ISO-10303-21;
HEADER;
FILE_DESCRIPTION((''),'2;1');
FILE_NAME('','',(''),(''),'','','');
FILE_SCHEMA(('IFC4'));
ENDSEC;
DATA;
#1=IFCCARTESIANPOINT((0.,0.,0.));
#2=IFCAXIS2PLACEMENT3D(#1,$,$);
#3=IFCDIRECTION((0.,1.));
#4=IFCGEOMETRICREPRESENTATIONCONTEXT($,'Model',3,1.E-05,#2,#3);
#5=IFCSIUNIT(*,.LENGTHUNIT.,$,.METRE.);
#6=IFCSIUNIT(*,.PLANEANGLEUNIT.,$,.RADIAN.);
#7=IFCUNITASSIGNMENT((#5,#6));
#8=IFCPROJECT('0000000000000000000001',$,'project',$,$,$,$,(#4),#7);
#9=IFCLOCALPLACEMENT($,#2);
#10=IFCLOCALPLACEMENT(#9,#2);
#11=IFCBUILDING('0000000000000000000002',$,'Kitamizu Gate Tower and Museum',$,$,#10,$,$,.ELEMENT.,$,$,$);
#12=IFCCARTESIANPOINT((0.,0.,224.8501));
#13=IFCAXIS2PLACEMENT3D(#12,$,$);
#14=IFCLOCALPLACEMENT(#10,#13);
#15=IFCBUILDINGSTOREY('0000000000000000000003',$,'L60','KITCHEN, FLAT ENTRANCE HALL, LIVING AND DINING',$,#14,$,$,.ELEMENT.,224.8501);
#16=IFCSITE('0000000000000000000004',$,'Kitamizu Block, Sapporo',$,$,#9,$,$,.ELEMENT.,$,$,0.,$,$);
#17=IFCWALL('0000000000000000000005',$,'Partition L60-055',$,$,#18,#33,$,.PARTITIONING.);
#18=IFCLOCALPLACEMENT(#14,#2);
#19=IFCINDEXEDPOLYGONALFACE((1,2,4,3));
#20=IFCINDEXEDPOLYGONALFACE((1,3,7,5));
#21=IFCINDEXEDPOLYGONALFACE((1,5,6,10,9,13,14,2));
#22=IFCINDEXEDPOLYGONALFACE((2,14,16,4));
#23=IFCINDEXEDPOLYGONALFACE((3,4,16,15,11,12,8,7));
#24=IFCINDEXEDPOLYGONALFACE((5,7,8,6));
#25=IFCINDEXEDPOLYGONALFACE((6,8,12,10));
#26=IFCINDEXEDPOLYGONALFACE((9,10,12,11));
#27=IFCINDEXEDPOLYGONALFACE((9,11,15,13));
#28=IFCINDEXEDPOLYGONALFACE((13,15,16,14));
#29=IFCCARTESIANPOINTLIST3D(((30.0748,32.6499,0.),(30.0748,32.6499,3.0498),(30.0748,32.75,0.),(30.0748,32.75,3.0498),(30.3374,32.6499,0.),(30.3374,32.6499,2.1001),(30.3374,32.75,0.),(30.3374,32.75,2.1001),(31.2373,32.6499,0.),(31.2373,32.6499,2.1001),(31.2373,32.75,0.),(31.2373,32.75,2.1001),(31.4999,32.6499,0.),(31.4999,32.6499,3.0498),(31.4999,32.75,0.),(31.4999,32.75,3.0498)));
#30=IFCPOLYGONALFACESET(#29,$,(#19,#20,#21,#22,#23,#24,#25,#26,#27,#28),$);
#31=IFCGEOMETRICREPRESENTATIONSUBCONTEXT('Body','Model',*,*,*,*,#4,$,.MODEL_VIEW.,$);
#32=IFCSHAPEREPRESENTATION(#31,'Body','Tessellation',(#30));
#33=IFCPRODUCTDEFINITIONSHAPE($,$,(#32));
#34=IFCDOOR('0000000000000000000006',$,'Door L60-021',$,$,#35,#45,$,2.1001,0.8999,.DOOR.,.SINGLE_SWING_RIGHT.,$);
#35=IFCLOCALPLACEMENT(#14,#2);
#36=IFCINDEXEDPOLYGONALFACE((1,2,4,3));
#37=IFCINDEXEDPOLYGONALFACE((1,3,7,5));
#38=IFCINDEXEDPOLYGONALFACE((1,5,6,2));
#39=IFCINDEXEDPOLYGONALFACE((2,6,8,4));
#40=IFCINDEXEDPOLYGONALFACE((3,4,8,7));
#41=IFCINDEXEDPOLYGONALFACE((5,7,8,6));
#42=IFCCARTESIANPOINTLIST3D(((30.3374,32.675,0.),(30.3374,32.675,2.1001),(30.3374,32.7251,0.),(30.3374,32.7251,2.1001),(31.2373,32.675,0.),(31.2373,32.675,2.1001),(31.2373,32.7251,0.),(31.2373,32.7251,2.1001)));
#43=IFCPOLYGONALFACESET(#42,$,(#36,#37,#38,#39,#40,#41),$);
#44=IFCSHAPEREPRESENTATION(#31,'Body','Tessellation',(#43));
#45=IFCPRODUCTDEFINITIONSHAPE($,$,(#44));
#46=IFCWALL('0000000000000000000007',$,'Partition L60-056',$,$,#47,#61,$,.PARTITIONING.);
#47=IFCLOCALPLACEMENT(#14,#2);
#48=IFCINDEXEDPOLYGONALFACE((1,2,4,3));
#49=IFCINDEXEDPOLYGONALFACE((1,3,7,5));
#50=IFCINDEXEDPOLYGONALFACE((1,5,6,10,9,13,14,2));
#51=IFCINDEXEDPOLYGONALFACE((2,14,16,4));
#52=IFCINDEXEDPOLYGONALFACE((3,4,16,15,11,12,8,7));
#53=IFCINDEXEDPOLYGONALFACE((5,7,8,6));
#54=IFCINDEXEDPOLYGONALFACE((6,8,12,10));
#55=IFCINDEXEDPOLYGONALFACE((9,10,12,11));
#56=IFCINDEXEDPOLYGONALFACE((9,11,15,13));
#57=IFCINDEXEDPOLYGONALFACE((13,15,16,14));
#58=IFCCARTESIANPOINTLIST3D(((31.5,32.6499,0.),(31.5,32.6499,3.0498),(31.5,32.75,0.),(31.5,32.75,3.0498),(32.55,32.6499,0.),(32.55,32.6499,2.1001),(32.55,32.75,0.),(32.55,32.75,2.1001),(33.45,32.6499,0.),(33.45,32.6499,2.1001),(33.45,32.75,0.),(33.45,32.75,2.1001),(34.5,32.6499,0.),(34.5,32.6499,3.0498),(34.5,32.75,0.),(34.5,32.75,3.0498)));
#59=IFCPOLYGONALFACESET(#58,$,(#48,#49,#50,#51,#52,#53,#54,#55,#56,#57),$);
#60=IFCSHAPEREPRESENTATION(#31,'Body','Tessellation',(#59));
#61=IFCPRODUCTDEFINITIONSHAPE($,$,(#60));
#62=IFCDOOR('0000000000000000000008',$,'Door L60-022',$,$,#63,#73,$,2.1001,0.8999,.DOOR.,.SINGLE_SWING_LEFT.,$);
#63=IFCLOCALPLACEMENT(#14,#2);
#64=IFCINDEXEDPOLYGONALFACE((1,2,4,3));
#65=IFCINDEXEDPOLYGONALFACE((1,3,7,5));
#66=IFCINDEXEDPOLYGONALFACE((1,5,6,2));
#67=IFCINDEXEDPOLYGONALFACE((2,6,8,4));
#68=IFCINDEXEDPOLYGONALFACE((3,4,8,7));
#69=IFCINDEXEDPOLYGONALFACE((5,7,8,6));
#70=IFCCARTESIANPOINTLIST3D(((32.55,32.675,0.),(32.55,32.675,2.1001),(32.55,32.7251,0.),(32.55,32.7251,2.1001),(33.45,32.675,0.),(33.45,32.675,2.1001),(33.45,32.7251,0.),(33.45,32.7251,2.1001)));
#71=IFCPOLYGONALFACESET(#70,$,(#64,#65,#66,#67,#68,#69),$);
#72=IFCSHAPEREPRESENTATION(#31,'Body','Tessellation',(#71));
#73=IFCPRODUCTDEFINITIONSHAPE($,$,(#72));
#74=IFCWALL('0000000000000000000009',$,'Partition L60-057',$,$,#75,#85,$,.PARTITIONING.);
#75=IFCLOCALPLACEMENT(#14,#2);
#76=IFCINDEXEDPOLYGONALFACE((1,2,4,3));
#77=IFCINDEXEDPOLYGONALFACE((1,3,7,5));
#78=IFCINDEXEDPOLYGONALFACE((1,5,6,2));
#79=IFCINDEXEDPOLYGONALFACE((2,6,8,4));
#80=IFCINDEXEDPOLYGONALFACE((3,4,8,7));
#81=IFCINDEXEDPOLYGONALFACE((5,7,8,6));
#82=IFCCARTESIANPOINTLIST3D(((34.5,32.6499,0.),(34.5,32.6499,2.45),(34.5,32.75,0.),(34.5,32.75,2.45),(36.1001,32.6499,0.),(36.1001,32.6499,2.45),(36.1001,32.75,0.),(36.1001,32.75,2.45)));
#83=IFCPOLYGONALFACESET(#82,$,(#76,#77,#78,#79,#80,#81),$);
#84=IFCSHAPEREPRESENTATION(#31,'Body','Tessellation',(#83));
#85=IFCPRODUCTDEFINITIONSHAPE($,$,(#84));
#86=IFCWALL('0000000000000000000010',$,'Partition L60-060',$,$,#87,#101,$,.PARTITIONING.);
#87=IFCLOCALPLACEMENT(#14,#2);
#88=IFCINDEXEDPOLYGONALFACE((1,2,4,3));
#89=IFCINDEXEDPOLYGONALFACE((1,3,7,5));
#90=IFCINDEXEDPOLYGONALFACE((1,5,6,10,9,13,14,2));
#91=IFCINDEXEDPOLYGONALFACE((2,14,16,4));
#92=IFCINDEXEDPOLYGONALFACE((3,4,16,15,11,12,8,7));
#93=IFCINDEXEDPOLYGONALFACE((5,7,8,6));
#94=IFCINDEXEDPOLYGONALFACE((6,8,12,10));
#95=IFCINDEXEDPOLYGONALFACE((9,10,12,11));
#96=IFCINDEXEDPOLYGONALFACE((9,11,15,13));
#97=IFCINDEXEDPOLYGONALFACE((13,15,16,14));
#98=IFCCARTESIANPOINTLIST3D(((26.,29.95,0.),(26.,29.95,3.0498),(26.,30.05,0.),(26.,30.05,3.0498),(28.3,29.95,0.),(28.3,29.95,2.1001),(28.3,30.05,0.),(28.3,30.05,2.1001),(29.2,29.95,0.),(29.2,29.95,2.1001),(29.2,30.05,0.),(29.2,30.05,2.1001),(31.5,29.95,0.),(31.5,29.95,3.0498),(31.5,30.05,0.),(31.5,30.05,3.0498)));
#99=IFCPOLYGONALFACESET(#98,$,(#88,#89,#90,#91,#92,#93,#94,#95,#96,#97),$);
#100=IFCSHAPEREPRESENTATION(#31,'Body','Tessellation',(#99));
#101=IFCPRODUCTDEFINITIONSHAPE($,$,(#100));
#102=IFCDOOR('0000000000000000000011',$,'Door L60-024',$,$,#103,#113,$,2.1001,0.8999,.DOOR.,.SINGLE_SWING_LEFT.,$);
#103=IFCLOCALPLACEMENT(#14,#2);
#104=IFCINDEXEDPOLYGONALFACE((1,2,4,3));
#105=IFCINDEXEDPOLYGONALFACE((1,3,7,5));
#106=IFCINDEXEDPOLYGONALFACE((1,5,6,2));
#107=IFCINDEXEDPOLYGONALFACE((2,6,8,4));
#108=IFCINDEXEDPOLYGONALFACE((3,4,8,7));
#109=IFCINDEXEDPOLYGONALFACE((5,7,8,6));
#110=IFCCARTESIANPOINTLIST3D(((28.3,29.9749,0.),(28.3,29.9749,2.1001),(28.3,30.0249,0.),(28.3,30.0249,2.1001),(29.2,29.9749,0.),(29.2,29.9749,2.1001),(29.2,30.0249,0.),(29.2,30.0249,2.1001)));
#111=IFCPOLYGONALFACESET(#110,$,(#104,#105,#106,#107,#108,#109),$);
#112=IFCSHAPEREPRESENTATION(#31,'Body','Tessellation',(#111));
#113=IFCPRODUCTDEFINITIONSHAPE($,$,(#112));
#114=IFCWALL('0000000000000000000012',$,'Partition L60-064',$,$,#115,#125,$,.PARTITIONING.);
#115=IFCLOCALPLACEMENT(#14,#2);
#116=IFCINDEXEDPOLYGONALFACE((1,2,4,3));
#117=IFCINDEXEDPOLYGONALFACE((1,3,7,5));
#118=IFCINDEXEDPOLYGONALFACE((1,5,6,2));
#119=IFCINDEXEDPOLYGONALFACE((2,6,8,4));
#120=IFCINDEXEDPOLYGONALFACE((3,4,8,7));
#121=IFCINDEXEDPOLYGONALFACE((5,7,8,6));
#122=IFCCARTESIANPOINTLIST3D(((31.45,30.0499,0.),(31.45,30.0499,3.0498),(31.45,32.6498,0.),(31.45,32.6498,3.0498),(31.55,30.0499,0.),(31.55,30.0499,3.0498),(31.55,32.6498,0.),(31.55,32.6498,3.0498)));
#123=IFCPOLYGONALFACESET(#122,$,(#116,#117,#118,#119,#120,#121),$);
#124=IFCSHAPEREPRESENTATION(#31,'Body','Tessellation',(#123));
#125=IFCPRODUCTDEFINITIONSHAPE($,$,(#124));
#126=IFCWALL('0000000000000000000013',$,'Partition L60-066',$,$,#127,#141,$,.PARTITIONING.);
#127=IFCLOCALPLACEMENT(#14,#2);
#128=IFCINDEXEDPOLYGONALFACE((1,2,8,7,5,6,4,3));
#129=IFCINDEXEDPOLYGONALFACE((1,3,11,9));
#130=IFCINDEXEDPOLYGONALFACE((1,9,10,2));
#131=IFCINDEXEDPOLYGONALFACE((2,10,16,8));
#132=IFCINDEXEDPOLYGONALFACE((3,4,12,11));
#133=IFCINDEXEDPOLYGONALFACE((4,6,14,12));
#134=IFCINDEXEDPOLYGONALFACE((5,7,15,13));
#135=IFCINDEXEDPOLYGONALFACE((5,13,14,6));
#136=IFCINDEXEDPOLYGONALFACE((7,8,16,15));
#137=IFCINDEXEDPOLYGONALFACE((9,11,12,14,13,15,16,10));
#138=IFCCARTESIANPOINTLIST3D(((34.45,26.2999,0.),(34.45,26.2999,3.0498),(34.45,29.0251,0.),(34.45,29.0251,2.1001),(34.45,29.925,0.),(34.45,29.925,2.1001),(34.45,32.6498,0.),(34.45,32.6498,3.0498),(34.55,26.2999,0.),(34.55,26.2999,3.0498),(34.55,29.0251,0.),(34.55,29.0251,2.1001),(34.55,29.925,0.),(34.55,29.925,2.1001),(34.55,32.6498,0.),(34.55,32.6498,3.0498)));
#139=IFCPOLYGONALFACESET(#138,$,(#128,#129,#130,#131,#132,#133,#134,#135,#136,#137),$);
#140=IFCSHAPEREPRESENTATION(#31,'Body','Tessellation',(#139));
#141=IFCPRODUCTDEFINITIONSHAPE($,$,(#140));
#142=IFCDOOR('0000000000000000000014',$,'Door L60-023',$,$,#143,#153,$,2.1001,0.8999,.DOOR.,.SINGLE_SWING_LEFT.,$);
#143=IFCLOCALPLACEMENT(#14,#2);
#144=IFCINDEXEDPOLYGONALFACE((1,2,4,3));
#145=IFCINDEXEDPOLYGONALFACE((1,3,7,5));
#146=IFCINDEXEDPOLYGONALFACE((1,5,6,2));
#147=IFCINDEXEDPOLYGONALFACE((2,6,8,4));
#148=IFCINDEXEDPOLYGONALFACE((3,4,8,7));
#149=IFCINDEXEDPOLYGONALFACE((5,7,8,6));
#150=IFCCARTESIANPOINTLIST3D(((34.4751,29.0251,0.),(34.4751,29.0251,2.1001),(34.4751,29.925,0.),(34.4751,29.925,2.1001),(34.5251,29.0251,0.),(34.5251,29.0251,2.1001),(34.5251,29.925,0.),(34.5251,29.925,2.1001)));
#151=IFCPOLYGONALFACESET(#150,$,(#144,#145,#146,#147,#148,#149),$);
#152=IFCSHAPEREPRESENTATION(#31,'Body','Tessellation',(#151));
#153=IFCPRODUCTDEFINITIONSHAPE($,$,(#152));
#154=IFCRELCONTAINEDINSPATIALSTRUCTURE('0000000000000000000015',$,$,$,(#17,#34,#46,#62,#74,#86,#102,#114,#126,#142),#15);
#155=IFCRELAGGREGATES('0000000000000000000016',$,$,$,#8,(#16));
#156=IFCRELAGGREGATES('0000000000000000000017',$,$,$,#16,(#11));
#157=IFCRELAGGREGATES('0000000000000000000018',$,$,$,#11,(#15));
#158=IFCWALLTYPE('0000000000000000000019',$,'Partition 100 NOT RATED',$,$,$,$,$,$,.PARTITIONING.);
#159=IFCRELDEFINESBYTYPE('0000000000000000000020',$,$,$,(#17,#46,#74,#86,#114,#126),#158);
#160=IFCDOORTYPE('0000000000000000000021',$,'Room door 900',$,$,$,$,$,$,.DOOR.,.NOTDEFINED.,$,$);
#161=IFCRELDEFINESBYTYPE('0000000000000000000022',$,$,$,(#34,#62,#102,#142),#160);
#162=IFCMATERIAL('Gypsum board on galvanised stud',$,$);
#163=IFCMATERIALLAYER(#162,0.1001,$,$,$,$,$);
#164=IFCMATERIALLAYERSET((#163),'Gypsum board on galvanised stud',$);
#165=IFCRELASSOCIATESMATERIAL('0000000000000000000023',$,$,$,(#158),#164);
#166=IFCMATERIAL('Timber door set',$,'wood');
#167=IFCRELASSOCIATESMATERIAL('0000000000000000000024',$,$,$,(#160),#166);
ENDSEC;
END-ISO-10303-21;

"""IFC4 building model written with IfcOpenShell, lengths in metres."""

from ifc_helpers import new_model, si_unit, direction, frame, frame_2d, origin, place, context, subcontext, project, spatial, rectangle, extrude, material, layer, layer_set, type_object, element, fill, save


model = new_model("IFC4")

# Units and contexts
model_context = context("Model", 3, precision=1e-05, world=origin(), true_north=direction((0.0, 1.0)))
body_context = subcontext(model_context, "Body", "Model", "MODEL_VIEW")
ifc_project = project(units=[si_unit("LENGTHUNIT", "METRE"), si_unit("PLANEANGLEUNIT", "RADIAN")], contexts=[model_context])

# Site, building, storey
site_placement = place(None, origin())
site = spatial("IfcSite", under=ifc_project, at=site_placement, Name="Kitamizu Block, Sapporo", CompositionType="ELEMENT", RefElevation=0.0)
building_placement = place(site_placement, origin())
building = spatial("IfcBuilding", under=site, at=building_placement, Name="Kitamizu Gate Tower and Museum", CompositionType="ELEMENT")
storey_placement = place(building_placement, frame((0.0, 0.0, 224.8501)))
storey = spatial("IfcBuildingStorey", under=building, at=storey_placement, Name="L60", Description="KITCHEN, FLAT ENTRANCE HALL, LIVING AND DINING", CompositionType="ELEMENT", Elevation=224.8501)

# Walls, openings, doors
ifc_material_1 = material(Name="Gypsum board on galvanised stud")
ifc_layer_1 = layer(ifc_material_1, 0.1001)
ifc_layer_set_1 = layer_set([ifc_layer_1], Name="Gypsum board on galvanised stud")
wall_type_1 = type_object("IfcWallType", Name="Partition 100 NOT RATED", PredefinedType="PARTITIONING", material=ifc_layer_set_1)
wall_1_placement = place(storey_placement, frame((30.075, 32.7, 0.0), z_axis=(0.0, 0.0, 1.0), x_axis=(1.0, 0.0, 0.0)))
wall_1 = element("IfcWall", 1, at=wall_1_placement, inside=storey, type_object=wall_type_1, Name="Partition L60-055", PredefinedType="PARTITIONING", context=body_context, shape_type="SweptSolid", body=[
    extrude(rectangle(XDim=1.425, YDim=0.1001, at=frame_2d((0.7124, 0.0))), origin(), (0.0, 0.0, 1.0), 3.0498),
])
opening_1_placement = place(wall_1_placement, frame((0.2625, 0.0, 0.0)))
opening_1 = element("IfcOpeningElement", 2, at=opening_1_placement, cuts=wall_1, PredefinedType="OPENING", context=body_context, shape_type="SweptSolid", body=[
    extrude(rectangle(XDim=0.8999, YDim=2.1001, at=frame_2d((0.45, 1.05))), frame((0.0, 0.0601, 0.0), z_axis=(0.0, -1.0, 0.0), x_axis=(1.0, 0.0, 0.0)), (0.0, 0.0, 1.0), 0.1201),
])
ifc_material_2 = material(Name="Timber door set", Category="wood")
door_type_1 = type_object("IfcDoorType", Name="Room door 900", OperationType="NOTDEFINED", PredefinedType="DOOR", material=ifc_material_2)
door_1_placement = place(opening_1_placement, frame((0.8999, 0.0, 0.0), x_axis=(-1.0, 0.0, 0.0)))
door_1 = element("IfcDoor", 3, at=door_1_placement, inside=storey, type_object=door_type_1, Name="Door L60-021", OperationType="SINGLE_SWING_RIGHT", OverallHeight=2.1001, OverallWidth=0.8999, PredefinedType="DOOR", context=body_context, shape_type="SweptSolid", body=[
    extrude(rectangle(XDim=0.8999, YDim=2.1001, at=frame_2d((0.45, 1.05))), frame((0.0, 0.0249, 0.0), z_axis=(0.0, -1.0, 0.0), x_axis=(1.0, 0.0, 0.0)), (0.0, 0.0, 1.0), 0.05),
])
fill(opening_1, door_1)
wall_2_placement = place(storey_placement, frame((31.5, 32.7, 0.0), z_axis=(0.0, 0.0, 1.0), x_axis=(1.0, 0.0, 0.0)))
wall_2 = element("IfcWall", 4, at=wall_2_placement, inside=storey, type_object=wall_type_1, Name="Partition L60-056", PredefinedType="PARTITIONING", context=body_context, shape_type="SweptSolid", body=[
    extrude(rectangle(XDim=3.0, YDim=0.1001, at=frame_2d((1.5, 0.0))), origin(), (0.0, 0.0, 1.0), 3.0498),
])
opening_2_placement = place(wall_2_placement, frame((1.05, 0.0, 0.0)))
opening_2 = element("IfcOpeningElement", 5, at=opening_2_placement, cuts=wall_2, PredefinedType="OPENING", context=body_context, shape_type="SweptSolid", body=[
    extrude(rectangle(XDim=0.8999, YDim=2.1001, at=frame_2d((0.45, 1.05))), frame((0.0, 0.0601, 0.0), z_axis=(0.0, -1.0, 0.0), x_axis=(1.0, 0.0, 0.0)), (0.0, 0.0, 1.0), 0.1201),
])
door_2_placement = place(opening_2_placement, frame((0.8999, 0.0, 0.0), x_axis=(-1.0, 0.0, 0.0)))
door_2 = element("IfcDoor", 6, at=door_2_placement, inside=storey, type_object=door_type_1, Name="Door L60-022", OperationType="SINGLE_SWING_LEFT", OverallHeight=2.1001, OverallWidth=0.8999, PredefinedType="DOOR", context=body_context, shape_type="SweptSolid", body=[
    extrude(rectangle(XDim=0.8999, YDim=2.1001, at=frame_2d((0.45, 1.05))), frame((0.0, 0.0249, 0.0), z_axis=(0.0, -1.0, 0.0), x_axis=(1.0, 0.0, 0.0)), (0.0, 0.0, 1.0), 0.05),
])
fill(opening_2, door_2)

# Wall
wall_3_placement = place(storey_placement, frame((34.5, 32.7, 0.0), z_axis=(0.0, 0.0, 1.0), x_axis=(1.0, 0.0, 0.0)))
element("IfcWall", 7, at=wall_3_placement, inside=storey, type_object=wall_type_1, Name="Partition L60-057", PredefinedType="PARTITIONING", context=body_context, shape_type="SweptSolid", body=[
    extrude(rectangle(XDim=1.6001, YDim=0.1001, at=frame_2d((0.8, 0.0))), origin(), (0.0, 0.0, 1.0), 2.45),
])

# Wall, opening, door
wall_4_placement = place(storey_placement, frame((31.5, 30.0, 0.0), z_axis=(0.0, 0.0, 1.0), x_axis=(-1.0, 0.0, 0.0)))
wall_4 = element("IfcWall", 8, at=wall_4_placement, inside=storey, type_object=wall_type_1, Name="Partition L60-060", PredefinedType="PARTITIONING", context=body_context, shape_type="SweptSolid", body=[
    extrude(rectangle(XDim=5.5, YDim=0.1001, at=frame_2d((2.75, 0.0))), origin(), (0.0, 0.0, 1.0), 3.0498),
])
opening_3_placement = place(wall_4_placement, frame((2.3, 0.0, 0.0)))
opening_3 = element("IfcOpeningElement", 9, at=opening_3_placement, cuts=wall_4, PredefinedType="OPENING", context=body_context, shape_type="SweptSolid", body=[
    extrude(rectangle(XDim=0.8999, YDim=2.1001, at=frame_2d((0.45, 1.05))), frame((0.0, 0.0601, 0.0), z_axis=(0.0, -1.0, 0.0), x_axis=(1.0, 0.0, 0.0)), (0.0, 0.0, 1.0), 0.1201),
])
door_3_placement = place(opening_3_placement, frame((0.8999, 0.0, 0.0), x_axis=(-1.0, 0.0, 0.0)))
door_3 = element("IfcDoor", 10, at=door_3_placement, inside=storey, type_object=door_type_1, Name="Door L60-024", OperationType="SINGLE_SWING_LEFT", OverallHeight=2.1001, OverallWidth=0.8999, PredefinedType="DOOR", context=body_context, shape_type="SweptSolid", body=[
    extrude(rectangle(XDim=0.8999, YDim=2.1001, at=frame_2d((0.45, 1.05))), frame((0.0, 0.0249, 0.0), z_axis=(0.0, -1.0, 0.0), x_axis=(1.0, 0.0, 0.0)), (0.0, 0.0, 1.0), 0.05),
])
fill(opening_3, door_3)

# Wall
wall_5_placement = place(storey_placement, frame((31.5, 30.05, 0.0), z_axis=(0.0, 0.0, 1.0), x_axis=(0.0, 1.0, 0.0)))
element("IfcWall", 11, at=wall_5_placement, inside=storey, type_object=wall_type_1, Name="Partition L60-064", PredefinedType="PARTITIONING", context=body_context, shape_type="SweptSolid", body=[
    extrude(rectangle(XDim=2.5999, YDim=0.1001, at=frame_2d((1.2998, 0.0))), origin(), (0.0, 0.0, 1.0), 3.0498),
])

# Wall, opening, door
wall_6_placement = place(storey_placement, frame((34.5, 26.3, 0.0), z_axis=(0.0, 0.0, 1.0), x_axis=(0.0, 1.0, 0.0)))
wall_6 = element("IfcWall", 12, at=wall_6_placement, inside=storey, type_object=wall_type_1, Name="Partition L60-066", PredefinedType="PARTITIONING", context=body_context, shape_type="SweptSolid", body=[
    extrude(rectangle(XDim=6.3499, YDim=0.1001, at=frame_2d((3.1748, 0.0))), origin(), (0.0, 0.0, 1.0), 3.0498),
])
opening_4_placement = place(wall_6_placement, frame((2.7251, 0.0, 0.0)))
opening_4 = element("IfcOpeningElement", 13, at=opening_4_placement, cuts=wall_6, PredefinedType="OPENING", context=body_context, shape_type="SweptSolid", body=[
    extrude(rectangle(XDim=0.8999, YDim=2.1001, at=frame_2d((0.45, 1.05))), frame((0.0, 0.0601, 0.0), z_axis=(0.0, -1.0, 0.0), x_axis=(1.0, 0.0, 0.0)), (0.0, 0.0, 1.0), 0.1201),
])
door_4_placement = place(opening_4_placement, origin())
door_4 = element("IfcDoor", 14, at=door_4_placement, inside=storey, type_object=door_type_1, Name="Door L60-023", OperationType="SINGLE_SWING_LEFT", OverallHeight=2.1001, OverallWidth=0.8999, PredefinedType="DOOR", context=body_context, shape_type="SweptSolid", body=[
    extrude(rectangle(XDim=0.8999, YDim=2.1001, at=frame_2d((0.45, 1.05))), frame((0.0, 0.0249, 0.0), z_axis=(0.0, -1.0, 0.0), x_axis=(1.0, 0.0, 0.0)), (0.0, 0.0, 1.0), 0.05),
])
fill(opening_4, door_4)

save(model, "model.ifc")
